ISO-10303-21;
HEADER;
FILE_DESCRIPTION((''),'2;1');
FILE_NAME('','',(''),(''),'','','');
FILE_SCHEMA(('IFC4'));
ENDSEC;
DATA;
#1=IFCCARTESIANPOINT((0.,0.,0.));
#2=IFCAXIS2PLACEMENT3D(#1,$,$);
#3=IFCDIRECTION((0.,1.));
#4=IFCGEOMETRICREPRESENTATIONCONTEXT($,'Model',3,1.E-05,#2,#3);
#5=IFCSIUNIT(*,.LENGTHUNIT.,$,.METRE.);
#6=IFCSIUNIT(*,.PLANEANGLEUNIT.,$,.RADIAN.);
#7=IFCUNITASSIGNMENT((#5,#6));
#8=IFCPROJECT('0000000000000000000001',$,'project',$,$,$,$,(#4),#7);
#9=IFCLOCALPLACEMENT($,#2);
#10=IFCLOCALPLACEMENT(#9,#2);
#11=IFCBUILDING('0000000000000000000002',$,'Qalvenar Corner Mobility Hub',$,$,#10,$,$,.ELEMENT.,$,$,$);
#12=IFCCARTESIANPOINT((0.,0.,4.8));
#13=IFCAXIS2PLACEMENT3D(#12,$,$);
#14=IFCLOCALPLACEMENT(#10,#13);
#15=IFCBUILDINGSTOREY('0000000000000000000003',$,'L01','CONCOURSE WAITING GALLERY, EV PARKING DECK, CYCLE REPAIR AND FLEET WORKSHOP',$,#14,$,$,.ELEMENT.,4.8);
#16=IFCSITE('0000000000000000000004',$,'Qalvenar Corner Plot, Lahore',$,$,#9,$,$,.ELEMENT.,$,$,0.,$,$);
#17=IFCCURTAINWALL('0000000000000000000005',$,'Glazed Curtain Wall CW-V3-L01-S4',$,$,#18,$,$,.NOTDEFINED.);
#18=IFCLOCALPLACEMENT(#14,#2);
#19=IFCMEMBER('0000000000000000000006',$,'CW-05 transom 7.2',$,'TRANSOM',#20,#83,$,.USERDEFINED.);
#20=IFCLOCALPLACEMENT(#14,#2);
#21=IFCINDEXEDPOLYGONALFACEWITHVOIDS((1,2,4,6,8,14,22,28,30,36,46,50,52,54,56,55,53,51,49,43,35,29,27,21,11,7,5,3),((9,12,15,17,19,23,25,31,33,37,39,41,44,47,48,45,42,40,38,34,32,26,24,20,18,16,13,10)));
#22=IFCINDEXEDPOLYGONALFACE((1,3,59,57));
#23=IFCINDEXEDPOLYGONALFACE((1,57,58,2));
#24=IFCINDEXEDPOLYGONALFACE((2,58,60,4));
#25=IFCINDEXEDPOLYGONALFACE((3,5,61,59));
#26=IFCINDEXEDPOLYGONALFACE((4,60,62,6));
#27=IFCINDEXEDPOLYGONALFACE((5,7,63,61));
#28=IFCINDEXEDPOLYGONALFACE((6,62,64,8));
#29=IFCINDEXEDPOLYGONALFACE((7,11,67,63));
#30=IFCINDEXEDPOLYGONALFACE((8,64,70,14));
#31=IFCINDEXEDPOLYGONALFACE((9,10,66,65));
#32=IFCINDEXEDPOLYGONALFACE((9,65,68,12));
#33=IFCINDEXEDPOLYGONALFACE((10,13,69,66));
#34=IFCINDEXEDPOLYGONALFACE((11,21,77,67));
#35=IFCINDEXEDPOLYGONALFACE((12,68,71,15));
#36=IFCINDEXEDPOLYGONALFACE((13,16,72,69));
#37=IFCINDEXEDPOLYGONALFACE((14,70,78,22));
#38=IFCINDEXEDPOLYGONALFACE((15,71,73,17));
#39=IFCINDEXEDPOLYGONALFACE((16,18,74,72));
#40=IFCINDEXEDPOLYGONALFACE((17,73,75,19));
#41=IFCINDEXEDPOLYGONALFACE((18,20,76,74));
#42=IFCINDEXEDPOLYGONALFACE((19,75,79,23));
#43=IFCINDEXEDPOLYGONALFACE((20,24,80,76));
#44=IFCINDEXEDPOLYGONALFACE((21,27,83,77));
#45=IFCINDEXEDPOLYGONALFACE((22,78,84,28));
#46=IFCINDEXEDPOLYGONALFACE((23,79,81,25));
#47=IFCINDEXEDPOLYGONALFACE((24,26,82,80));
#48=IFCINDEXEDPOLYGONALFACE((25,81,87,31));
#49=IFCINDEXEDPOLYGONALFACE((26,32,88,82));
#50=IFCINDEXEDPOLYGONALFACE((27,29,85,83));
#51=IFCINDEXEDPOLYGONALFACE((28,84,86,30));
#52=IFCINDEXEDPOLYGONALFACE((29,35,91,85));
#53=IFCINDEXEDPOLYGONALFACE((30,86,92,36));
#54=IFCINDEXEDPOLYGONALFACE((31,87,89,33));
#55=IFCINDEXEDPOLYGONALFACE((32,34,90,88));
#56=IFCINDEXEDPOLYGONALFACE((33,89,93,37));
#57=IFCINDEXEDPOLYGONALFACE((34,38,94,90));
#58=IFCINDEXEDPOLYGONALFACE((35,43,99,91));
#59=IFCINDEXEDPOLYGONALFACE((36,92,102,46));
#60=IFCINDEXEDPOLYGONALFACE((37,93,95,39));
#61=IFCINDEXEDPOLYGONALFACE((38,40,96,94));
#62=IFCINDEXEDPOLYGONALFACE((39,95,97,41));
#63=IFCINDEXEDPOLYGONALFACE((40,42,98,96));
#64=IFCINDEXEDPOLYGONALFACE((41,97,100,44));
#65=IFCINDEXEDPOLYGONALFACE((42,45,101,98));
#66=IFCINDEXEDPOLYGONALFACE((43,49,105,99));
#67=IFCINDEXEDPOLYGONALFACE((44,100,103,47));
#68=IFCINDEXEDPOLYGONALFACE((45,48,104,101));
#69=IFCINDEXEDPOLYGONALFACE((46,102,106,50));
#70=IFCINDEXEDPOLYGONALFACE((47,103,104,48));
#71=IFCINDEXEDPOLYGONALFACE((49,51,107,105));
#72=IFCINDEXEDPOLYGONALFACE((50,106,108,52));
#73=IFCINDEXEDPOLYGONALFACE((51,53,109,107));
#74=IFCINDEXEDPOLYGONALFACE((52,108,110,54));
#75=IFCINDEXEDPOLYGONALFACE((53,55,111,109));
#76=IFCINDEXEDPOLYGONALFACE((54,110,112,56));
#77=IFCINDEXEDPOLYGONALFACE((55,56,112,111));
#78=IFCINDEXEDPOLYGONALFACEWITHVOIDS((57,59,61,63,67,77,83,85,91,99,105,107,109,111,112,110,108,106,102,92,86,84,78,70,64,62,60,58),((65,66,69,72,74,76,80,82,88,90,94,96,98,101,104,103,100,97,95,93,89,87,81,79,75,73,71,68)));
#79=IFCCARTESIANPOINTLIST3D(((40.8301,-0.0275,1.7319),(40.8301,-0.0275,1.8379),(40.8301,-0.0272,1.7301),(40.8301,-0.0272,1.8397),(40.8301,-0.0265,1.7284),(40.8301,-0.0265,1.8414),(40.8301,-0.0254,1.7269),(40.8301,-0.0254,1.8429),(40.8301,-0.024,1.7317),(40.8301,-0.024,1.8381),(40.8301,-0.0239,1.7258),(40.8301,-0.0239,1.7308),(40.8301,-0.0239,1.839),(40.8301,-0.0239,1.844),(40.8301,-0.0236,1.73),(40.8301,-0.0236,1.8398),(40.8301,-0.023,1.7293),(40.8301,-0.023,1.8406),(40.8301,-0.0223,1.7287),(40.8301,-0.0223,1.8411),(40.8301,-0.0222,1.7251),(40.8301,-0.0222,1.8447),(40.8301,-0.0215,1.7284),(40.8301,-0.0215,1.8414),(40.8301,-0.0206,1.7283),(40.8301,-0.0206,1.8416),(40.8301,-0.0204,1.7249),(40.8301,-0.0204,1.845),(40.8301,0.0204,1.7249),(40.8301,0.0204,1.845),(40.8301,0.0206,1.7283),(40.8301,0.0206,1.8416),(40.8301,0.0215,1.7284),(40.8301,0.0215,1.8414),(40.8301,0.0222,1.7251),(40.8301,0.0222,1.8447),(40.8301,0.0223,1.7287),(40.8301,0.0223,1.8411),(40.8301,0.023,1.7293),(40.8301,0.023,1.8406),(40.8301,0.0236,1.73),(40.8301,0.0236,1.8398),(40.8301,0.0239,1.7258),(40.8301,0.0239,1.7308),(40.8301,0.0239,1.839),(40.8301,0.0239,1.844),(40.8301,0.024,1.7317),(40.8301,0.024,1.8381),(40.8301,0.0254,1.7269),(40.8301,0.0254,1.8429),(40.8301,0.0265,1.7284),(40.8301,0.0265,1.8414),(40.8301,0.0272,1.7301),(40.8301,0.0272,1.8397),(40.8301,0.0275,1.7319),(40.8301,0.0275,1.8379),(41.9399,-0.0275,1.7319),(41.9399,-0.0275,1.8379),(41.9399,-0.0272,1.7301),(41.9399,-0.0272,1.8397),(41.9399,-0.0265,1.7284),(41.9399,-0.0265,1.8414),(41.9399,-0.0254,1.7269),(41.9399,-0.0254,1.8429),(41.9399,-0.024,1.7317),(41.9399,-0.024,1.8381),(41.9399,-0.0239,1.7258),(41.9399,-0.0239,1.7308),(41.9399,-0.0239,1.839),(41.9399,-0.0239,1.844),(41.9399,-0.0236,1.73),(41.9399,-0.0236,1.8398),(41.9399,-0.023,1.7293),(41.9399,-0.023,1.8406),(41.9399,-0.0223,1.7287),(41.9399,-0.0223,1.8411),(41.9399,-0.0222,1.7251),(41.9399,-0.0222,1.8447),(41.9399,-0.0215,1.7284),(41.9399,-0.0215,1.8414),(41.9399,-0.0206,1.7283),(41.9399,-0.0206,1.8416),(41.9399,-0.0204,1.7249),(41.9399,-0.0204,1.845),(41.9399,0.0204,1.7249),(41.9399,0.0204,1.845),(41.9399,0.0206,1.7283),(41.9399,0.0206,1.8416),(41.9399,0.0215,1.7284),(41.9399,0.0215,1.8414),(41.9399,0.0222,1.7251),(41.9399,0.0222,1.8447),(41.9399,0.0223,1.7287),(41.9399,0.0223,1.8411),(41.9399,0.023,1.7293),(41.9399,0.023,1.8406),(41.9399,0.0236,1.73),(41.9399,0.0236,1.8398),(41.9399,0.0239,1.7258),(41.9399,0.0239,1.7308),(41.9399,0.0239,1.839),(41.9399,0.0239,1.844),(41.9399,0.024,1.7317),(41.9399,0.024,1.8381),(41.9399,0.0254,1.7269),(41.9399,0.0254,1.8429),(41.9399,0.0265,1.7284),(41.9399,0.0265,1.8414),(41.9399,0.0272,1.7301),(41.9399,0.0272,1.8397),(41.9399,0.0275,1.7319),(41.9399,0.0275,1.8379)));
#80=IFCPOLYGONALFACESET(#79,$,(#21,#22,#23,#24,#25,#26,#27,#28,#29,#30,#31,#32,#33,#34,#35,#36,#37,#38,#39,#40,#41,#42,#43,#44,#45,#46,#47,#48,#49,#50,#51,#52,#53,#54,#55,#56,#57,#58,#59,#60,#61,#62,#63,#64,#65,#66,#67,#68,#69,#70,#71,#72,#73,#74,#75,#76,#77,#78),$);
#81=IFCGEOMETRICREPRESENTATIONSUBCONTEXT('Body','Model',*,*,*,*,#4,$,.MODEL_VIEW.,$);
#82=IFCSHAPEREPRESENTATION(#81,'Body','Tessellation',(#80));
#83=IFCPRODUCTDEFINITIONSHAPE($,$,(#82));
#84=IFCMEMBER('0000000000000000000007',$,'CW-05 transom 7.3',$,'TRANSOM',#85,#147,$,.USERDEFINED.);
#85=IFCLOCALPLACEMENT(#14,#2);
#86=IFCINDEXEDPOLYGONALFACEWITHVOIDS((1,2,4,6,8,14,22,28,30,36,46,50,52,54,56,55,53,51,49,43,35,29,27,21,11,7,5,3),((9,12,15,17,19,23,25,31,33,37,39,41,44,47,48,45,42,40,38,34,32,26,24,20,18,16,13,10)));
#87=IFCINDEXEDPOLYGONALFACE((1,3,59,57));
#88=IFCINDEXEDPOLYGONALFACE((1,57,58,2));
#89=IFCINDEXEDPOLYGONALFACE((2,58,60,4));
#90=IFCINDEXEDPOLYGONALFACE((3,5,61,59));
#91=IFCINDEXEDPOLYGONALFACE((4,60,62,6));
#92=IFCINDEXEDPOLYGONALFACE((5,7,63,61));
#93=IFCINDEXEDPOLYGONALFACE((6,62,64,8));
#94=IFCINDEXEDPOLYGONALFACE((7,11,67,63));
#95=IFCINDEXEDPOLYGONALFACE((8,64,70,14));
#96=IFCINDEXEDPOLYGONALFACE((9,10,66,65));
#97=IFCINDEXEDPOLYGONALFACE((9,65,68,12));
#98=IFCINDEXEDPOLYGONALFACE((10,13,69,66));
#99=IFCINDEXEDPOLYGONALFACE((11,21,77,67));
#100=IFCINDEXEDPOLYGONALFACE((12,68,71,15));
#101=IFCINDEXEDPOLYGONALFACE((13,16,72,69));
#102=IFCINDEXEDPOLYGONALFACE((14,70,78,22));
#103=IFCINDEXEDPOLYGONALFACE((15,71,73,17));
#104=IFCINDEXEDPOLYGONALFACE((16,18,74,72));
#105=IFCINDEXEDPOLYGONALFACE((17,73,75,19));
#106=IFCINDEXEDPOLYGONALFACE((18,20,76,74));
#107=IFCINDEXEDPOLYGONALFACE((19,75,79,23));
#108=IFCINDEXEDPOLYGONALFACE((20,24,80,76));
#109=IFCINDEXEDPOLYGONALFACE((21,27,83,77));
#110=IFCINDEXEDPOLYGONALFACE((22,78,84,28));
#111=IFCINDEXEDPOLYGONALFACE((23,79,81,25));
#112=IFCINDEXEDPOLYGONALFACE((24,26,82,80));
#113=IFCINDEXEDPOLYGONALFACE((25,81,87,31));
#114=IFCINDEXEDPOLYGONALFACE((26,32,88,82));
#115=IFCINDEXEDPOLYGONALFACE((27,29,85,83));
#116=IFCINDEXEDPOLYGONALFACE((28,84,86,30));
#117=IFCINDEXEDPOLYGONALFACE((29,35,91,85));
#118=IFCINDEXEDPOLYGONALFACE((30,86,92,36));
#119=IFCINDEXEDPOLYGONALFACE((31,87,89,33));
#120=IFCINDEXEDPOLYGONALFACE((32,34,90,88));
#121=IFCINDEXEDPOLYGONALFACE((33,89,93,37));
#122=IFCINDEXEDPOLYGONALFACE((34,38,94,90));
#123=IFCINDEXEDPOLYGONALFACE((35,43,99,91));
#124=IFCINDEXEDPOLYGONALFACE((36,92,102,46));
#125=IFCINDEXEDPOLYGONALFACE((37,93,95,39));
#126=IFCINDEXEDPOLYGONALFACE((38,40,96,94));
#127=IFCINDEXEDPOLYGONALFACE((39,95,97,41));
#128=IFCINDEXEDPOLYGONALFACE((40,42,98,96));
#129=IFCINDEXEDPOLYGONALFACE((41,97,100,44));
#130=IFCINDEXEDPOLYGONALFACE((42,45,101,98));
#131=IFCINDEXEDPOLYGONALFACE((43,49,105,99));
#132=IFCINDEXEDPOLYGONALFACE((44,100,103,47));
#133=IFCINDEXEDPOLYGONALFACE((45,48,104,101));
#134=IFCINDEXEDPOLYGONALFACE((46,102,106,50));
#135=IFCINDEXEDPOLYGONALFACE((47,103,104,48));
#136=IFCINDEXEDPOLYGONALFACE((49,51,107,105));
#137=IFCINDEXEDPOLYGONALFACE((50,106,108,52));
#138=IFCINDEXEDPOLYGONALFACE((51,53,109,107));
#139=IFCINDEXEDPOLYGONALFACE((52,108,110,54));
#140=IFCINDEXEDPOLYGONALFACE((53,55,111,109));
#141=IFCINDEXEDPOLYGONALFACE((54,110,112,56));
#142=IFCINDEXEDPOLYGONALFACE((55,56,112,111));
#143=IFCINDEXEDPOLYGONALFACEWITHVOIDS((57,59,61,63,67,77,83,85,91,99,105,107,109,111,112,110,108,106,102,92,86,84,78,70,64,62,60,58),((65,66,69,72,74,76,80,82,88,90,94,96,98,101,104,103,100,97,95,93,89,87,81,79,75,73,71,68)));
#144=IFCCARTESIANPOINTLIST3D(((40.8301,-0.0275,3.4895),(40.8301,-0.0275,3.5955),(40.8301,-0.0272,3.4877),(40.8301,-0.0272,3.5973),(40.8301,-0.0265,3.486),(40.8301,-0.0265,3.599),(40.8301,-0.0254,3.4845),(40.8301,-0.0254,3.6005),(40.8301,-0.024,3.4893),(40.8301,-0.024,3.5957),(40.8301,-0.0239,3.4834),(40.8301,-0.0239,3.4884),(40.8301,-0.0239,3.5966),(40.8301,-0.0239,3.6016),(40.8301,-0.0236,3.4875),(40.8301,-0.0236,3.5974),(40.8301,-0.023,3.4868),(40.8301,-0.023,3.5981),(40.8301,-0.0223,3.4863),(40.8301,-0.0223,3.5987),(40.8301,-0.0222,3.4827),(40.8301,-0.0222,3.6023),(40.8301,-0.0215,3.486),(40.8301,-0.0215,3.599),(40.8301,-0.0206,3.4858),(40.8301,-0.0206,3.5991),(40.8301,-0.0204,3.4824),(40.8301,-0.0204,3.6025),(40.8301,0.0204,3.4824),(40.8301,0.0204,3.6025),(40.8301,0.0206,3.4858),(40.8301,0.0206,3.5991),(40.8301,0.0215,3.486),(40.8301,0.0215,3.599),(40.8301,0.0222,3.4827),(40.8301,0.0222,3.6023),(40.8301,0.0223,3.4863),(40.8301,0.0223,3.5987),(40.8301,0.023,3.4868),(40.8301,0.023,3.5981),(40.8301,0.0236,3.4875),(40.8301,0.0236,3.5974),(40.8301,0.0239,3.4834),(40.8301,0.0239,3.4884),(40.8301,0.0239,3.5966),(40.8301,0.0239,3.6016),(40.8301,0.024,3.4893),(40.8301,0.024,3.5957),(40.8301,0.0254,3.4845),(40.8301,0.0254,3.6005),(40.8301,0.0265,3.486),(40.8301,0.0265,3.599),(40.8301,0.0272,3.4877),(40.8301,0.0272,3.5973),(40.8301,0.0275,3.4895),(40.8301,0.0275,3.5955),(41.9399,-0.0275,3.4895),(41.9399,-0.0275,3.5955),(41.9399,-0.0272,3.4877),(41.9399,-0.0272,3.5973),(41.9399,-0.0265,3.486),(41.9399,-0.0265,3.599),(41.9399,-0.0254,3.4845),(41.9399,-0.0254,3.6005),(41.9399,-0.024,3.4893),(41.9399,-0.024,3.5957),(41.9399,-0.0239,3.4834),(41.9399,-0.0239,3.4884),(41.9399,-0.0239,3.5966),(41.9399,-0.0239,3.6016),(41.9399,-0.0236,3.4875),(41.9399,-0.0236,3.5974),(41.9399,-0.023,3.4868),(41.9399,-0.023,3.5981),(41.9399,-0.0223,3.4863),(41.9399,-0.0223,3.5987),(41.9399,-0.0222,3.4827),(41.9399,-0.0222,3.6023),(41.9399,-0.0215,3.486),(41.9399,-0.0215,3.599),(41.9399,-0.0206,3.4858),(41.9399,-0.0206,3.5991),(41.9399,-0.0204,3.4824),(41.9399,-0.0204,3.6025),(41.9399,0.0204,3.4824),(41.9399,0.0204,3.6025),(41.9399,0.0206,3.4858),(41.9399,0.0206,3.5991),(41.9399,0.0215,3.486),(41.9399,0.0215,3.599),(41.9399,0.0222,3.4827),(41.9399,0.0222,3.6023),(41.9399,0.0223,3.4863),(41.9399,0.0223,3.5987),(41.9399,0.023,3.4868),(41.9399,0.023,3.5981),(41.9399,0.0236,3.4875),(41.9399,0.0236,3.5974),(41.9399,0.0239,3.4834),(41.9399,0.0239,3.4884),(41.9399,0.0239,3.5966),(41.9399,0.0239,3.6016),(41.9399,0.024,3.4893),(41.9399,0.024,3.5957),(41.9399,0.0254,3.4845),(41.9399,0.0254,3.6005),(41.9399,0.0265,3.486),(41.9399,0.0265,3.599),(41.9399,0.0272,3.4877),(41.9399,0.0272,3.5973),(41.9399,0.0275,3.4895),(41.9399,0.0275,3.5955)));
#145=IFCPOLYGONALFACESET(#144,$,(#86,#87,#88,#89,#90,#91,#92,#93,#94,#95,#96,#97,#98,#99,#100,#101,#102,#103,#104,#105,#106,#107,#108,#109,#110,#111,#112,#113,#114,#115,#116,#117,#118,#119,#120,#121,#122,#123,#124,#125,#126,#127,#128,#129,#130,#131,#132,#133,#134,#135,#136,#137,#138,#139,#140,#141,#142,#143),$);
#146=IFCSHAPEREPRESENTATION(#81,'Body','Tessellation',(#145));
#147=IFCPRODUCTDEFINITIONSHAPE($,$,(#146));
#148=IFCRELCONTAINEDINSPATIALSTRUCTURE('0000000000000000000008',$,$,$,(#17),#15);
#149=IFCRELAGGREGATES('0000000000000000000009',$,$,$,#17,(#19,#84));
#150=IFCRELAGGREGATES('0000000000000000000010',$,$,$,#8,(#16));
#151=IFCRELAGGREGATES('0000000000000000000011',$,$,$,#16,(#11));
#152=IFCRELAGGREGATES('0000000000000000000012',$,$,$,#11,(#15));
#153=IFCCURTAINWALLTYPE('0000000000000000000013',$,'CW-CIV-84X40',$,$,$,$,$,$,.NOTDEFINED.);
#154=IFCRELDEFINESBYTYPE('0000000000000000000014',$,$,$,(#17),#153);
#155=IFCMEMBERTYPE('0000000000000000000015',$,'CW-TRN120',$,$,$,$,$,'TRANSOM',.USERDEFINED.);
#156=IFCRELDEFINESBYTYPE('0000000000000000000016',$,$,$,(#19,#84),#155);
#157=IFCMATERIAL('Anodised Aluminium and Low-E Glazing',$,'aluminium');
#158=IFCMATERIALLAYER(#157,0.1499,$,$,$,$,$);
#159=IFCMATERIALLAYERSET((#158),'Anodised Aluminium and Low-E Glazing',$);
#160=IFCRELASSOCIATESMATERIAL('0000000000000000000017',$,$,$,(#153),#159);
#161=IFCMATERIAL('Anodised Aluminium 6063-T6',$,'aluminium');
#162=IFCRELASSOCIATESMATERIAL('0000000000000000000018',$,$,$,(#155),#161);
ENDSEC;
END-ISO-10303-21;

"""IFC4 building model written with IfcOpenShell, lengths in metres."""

from ifc_helpers import new_model, si_unit, direction, frame, origin, origin_2d, place, context, subcontext, project, spatial, hollow_rectangle, extrude, material, layer, layer_set, material_profile, profile_set, type_object, element, aggregate, save


model = new_model("IFC4")

# Units and contexts
model_context = context("Model", 3, precision=1e-05, world=origin(), true_north=direction((0.0, 1.0)))
body_context = subcontext(model_context, "Body", "Model", "MODEL_VIEW")
ifc_project = project(units=[si_unit("LENGTHUNIT", "METRE"), si_unit("PLANEANGLEUNIT", "RADIAN")], contexts=[model_context])

# Site, building, storey
site_placement = place(None, origin())
site = spatial("IfcSite", under=ifc_project, at=site_placement, Name="Qalvenar Corner Plot, Lahore", CompositionType="ELEMENT", RefElevation=0.0)
building_placement = place(site_placement, origin())
building = spatial("IfcBuilding", under=site, at=building_placement, Name="Qalvenar Corner Mobility Hub", CompositionType="ELEMENT")
storey_placement = place(building_placement, frame((0.0, 0.0, 4.8)))
storey = spatial("IfcBuildingStorey", under=building, at=storey_placement, Name="L01", Description="CONCOURSE WAITING GALLERY, EV PARKING DECK, CYCLE REPAIR AND FLEET WORKSHOP", CompositionType="ELEMENT", Elevation=4.8)

# Curtain wall
ifc_material_1 = material(Name="Anodised Aluminium and Low-E Glazing", Category="aluminium")
ifc_layer_1 = layer(ifc_material_1, 0.1499)
ifc_layer_set_1 = layer_set([ifc_layer_1], Name="Anodised Aluminium and Low-E Glazing")
curtain_wall_type_1 = type_object("IfcCurtainWallType", Name="CW-CIV-84X40", PredefinedType="NOTDEFINED", material=ifc_layer_set_1)
curtain_wall_1_placement = place(storey_placement, origin())
curtain_wall_1 = element("IfcCurtainWall", 1, at=curtain_wall_1_placement, inside=storey, type_object=curtain_wall_type_1, Name="Glazed Curtain Wall CW-V3-L01-S4", PredefinedType="NOTDEFINED")
ifc_material_2 = material(Name="Anodised Aluminium 6063-T6", Category="aluminium")

# Members
ifc_material_profile_1 = material_profile(ifc_material_2, hollow_rectangle(XDim=0.0549, YDim=0.1201, WallThickness=0.0034, InnerFilletRadius=0.0034, OuterFilletRadius=0.0071, at=origin_2d()), Name="RHS120x55x3.5")
ifc_profile_set_1 = profile_set([ifc_material_profile_1], Name="Anodised Aluminium 6063-T6")
member_type_1 = type_object("IfcMemberType", Name="CW-TRN120", ElementType="TRANSOM", PredefinedType="USERDEFINED", material=ifc_profile_set_1)
member_1_placement = place(storey_placement, frame((40.8301, 0.0, 1.7849), z_axis=(1.0, 0.0, 0.0), x_axis=(0.0, 1.0, 0.0)))
member_1 = element("IfcMember", 2, at=member_1_placement, type_object=member_type_1, Name="CW-05 transom 7.2", ObjectType="TRANSOM", PredefinedType="USERDEFINED", context=body_context, shape_type="SweptSolid", body=[
    extrude(hollow_rectangle(XDim=0.0549, YDim=0.1201, WallThickness=0.0034, InnerFilletRadius=0.0034, OuterFilletRadius=0.0071, at=origin_2d()), origin(), (0.0, 0.0, 1.0), 1.1099),
])
member_2_placement = place(storey_placement, frame((40.8301, 0.0, 3.5425), z_axis=(1.0, 0.0, 0.0), x_axis=(0.0, 1.0, 0.0)))
member_2 = element("IfcMember", 3, at=member_2_placement, type_object=member_type_1, Name="CW-05 transom 7.3", ObjectType="TRANSOM", PredefinedType="USERDEFINED", context=body_context, shape_type="SweptSolid", body=[
    extrude(hollow_rectangle(XDim=0.0549, YDim=0.1201, WallThickness=0.0034, InnerFilletRadius=0.0034, OuterFilletRadius=0.0071, at=origin_2d()), origin(), (0.0, 0.0, 1.0), 1.1099),
])

aggregate(curtain_wall_1, [member_1, member_2])

save(model, "model.ifc")
